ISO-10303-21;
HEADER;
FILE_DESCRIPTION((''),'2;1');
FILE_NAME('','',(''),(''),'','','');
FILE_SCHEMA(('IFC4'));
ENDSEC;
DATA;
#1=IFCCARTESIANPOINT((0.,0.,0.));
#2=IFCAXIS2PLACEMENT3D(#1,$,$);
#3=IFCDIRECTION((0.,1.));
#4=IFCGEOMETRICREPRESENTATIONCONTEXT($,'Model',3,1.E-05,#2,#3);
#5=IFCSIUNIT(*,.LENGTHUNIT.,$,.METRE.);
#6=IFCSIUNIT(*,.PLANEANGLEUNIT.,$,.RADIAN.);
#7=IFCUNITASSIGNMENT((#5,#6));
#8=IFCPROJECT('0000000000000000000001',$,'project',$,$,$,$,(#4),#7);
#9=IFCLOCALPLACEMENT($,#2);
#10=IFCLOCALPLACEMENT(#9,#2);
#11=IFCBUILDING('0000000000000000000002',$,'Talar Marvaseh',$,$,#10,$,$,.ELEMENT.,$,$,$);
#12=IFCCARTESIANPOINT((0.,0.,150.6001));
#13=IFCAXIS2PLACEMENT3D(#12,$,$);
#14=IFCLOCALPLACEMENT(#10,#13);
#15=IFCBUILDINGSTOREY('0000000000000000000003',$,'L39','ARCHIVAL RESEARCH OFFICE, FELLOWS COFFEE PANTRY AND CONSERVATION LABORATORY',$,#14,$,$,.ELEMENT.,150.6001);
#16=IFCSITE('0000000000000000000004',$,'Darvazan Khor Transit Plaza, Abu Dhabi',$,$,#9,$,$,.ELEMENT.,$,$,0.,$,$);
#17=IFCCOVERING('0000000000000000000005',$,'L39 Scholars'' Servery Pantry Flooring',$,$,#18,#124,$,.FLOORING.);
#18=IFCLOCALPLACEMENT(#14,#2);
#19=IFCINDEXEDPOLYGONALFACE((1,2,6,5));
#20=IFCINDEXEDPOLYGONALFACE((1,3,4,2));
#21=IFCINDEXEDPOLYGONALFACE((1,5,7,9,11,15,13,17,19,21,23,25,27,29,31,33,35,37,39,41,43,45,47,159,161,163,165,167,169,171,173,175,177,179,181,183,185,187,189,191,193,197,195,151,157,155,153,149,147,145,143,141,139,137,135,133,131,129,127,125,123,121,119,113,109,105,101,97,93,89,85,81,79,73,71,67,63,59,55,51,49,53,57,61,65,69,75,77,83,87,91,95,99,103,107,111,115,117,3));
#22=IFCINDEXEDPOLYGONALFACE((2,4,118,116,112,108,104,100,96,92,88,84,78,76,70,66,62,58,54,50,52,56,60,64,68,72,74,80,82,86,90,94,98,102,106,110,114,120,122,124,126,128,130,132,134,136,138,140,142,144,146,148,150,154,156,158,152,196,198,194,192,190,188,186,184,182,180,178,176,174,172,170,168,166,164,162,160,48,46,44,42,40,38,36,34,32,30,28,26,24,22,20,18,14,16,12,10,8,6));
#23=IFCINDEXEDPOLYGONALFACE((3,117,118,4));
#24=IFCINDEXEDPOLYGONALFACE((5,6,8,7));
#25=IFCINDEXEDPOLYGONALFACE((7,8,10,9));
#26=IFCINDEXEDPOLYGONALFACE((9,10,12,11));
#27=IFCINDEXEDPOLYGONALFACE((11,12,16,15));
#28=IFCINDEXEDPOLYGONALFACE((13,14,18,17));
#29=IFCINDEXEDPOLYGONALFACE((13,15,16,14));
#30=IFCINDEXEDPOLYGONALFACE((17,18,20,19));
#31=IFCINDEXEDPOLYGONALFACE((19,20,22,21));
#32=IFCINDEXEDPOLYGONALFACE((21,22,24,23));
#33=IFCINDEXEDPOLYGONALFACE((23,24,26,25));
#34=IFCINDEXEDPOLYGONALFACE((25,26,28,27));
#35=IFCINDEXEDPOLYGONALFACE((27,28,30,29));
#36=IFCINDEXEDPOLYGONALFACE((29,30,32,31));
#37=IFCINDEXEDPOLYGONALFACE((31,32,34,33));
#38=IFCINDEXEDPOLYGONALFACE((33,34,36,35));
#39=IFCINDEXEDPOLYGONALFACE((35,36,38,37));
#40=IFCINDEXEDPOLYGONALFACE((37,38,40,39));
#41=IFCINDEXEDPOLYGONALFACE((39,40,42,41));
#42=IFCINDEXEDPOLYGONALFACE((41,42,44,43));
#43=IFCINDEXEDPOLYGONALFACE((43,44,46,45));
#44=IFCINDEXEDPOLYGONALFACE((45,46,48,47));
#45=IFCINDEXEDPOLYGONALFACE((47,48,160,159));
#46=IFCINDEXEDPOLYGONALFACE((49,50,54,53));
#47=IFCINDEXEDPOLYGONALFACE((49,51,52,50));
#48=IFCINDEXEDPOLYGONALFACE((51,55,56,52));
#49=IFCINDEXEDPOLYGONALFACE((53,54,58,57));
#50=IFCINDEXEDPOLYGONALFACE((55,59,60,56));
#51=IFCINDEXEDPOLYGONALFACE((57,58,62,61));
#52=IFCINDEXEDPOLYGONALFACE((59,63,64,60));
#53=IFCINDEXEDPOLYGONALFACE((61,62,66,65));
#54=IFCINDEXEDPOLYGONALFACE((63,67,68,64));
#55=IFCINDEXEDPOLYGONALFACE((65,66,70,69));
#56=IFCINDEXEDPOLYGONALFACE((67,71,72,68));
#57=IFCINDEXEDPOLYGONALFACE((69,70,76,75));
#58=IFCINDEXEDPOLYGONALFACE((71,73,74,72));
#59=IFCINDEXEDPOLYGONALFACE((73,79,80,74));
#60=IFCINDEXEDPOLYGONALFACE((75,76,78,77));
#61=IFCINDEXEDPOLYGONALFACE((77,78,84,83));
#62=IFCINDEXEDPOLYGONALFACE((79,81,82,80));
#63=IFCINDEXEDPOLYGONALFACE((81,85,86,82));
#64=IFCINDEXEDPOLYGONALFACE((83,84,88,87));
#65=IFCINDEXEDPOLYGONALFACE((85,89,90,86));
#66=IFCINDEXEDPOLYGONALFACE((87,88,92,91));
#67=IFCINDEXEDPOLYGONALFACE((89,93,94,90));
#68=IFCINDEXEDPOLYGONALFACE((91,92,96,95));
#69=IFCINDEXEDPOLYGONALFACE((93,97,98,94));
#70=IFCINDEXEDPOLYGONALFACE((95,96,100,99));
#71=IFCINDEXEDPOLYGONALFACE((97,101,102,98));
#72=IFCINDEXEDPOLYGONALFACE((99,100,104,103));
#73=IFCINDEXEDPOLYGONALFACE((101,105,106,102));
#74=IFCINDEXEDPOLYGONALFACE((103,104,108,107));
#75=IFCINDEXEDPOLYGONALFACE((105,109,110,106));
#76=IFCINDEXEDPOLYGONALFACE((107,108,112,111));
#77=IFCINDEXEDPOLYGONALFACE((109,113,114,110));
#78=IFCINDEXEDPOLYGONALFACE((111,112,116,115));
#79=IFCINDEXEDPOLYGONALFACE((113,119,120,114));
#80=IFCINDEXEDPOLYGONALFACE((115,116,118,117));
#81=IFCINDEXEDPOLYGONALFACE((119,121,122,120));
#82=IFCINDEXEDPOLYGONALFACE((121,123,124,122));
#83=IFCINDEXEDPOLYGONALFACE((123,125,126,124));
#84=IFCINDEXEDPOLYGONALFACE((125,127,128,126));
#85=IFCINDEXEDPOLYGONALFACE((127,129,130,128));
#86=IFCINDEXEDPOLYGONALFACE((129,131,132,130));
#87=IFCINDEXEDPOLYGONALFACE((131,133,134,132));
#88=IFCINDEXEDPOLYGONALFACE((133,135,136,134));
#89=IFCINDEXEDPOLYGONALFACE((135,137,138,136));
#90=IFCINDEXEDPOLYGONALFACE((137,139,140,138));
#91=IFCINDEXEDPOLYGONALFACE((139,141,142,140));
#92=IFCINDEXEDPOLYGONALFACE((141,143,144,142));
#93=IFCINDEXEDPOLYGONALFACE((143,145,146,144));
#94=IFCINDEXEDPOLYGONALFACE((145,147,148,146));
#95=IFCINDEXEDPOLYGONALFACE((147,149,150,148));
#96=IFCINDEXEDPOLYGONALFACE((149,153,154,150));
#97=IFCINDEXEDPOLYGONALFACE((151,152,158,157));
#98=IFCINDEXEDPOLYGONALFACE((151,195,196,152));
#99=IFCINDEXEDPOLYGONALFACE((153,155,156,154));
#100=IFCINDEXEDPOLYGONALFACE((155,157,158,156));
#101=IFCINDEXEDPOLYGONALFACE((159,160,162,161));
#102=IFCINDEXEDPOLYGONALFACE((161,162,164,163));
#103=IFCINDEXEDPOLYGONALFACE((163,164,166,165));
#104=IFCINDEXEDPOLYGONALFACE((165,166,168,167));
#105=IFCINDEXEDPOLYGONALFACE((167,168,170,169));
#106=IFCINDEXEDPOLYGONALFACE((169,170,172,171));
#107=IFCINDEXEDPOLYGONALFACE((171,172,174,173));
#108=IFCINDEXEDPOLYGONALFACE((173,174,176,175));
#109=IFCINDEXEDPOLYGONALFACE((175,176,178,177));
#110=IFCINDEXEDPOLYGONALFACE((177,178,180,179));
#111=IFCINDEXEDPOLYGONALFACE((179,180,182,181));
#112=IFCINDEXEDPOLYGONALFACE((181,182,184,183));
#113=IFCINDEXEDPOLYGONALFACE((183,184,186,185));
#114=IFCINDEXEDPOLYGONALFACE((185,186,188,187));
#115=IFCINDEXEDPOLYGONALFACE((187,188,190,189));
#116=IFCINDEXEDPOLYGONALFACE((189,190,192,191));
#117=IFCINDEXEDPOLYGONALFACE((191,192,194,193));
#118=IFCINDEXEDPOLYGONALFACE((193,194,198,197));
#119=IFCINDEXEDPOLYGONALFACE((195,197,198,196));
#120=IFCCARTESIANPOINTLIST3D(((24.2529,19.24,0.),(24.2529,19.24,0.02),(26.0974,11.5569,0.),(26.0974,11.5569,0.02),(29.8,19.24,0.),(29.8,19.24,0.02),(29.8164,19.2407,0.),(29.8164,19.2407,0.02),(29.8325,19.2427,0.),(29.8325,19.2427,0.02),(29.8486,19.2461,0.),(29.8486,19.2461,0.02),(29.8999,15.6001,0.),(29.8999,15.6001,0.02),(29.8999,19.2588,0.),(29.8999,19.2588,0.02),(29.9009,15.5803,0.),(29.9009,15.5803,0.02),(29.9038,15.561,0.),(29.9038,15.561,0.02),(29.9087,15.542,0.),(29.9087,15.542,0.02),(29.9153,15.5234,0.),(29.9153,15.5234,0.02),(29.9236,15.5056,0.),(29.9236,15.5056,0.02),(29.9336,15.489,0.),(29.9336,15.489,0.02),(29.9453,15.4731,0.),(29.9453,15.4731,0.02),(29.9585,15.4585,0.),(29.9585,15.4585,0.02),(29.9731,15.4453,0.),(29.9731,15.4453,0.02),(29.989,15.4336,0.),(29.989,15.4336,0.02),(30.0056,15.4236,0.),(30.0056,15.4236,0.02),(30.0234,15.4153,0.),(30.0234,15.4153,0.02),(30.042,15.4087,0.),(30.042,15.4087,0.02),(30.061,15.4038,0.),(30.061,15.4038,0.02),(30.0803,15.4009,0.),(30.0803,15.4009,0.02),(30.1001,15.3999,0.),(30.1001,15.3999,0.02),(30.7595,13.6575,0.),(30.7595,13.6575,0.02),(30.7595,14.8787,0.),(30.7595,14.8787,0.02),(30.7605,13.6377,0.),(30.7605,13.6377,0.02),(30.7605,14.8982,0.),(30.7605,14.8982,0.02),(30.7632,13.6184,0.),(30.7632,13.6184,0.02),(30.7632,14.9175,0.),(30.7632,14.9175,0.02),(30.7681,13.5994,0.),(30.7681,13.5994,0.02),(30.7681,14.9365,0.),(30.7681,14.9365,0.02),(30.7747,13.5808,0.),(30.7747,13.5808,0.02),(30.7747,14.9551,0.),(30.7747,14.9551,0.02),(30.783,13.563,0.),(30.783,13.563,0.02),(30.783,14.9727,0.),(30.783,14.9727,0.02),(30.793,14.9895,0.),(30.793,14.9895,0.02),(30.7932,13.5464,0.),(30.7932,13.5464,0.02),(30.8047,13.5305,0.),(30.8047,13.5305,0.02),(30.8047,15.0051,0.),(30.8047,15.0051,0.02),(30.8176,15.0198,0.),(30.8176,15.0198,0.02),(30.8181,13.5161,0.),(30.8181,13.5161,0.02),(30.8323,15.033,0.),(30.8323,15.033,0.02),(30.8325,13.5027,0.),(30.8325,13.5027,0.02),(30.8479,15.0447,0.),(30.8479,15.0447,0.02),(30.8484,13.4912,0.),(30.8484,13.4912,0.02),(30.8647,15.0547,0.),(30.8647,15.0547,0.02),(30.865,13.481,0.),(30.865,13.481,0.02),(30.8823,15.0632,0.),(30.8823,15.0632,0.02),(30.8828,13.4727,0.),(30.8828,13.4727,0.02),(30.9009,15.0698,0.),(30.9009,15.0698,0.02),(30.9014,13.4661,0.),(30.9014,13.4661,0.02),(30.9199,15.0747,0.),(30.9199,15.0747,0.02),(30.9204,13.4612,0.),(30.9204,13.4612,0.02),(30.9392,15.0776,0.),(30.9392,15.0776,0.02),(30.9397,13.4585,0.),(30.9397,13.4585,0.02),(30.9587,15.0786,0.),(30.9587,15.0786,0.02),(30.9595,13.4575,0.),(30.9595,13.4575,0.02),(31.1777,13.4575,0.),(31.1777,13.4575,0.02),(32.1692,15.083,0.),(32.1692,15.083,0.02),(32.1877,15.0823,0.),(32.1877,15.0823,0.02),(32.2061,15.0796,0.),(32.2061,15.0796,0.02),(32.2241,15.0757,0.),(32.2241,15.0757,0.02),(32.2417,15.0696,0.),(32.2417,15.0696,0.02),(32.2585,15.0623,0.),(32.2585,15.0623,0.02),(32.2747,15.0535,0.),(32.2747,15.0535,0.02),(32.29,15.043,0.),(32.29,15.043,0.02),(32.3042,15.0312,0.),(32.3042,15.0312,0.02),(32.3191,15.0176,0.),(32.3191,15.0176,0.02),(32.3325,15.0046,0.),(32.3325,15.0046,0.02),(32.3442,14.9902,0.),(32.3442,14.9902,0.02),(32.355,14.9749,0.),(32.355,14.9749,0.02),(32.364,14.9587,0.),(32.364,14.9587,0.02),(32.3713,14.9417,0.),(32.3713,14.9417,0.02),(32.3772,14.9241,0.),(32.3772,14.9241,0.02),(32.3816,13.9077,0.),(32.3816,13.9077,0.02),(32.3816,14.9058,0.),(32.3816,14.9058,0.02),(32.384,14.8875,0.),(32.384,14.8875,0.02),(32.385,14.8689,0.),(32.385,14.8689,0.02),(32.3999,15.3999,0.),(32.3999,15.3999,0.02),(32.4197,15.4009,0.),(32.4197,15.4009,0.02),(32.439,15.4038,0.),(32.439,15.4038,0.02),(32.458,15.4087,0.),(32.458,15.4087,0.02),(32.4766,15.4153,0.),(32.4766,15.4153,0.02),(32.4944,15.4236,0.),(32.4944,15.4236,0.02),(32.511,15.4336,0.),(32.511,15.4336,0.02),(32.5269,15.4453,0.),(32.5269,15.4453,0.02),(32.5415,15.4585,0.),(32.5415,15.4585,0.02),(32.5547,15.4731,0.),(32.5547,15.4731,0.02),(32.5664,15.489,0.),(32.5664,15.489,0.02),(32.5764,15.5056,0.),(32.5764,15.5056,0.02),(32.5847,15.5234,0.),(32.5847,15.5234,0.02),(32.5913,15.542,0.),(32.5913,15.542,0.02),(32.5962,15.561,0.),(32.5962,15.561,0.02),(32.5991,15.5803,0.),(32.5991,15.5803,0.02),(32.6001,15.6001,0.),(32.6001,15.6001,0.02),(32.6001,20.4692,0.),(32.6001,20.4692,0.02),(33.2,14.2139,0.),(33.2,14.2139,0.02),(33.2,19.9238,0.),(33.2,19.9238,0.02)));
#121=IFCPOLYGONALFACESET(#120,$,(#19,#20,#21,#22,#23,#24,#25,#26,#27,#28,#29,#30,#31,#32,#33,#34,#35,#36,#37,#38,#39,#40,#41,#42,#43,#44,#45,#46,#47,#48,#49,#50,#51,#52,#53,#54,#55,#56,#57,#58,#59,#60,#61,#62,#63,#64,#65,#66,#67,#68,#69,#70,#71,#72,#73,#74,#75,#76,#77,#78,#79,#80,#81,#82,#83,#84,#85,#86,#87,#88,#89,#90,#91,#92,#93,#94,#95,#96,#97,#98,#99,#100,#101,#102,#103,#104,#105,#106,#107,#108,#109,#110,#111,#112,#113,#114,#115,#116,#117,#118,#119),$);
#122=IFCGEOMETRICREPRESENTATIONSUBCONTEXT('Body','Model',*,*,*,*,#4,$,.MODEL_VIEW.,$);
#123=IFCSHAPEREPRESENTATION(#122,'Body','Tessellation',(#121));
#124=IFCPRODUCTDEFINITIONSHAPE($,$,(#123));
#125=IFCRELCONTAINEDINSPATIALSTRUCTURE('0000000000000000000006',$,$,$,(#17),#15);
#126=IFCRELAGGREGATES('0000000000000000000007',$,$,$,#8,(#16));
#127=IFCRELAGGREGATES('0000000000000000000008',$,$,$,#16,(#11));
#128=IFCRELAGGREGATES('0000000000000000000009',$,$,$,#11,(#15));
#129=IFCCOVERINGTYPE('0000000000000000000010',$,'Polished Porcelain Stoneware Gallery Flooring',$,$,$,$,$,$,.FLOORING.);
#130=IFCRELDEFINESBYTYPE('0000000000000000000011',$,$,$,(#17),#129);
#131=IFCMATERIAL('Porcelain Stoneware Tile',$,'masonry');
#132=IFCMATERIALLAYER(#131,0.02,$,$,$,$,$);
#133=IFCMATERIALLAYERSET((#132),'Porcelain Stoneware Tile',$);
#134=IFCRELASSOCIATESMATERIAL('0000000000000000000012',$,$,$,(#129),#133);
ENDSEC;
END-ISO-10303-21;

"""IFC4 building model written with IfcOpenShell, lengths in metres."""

from ifc_helpers import new_model, si_unit, direction, frame, origin, place, context, subcontext, project, spatial, polyline, outline, extrude, material, layer, layer_set, type_object, element, save


model = new_model("IFC4")

# Units and contexts
model_context = context("Model", 3, precision=1e-05, world=origin(), true_north=direction((0.0, 1.0)))
body_context = subcontext(model_context, "Body", "Model", "MODEL_VIEW")
ifc_project = project(units=[si_unit("LENGTHUNIT", "METRE"), si_unit("PLANEANGLEUNIT", "RADIAN")], contexts=[model_context])

# Site, building, storey
site_placement = place(None, origin())
site = spatial("IfcSite", under=ifc_project, at=site_placement, Name="Darvazan Khor Transit Plaza, Abu Dhabi", CompositionType="ELEMENT", RefElevation=0.0)
building_placement = place(site_placement, origin())
building = spatial("IfcBuilding", under=site, at=building_placement, Name="Talar Marvaseh", CompositionType="ELEMENT")
storey_placement = place(building_placement, frame((0.0, 0.0, 150.6001)))
storey = spatial("IfcBuildingStorey", under=building, at=storey_placement, Name="L39", Description="ARCHIVAL RESEARCH OFFICE, FELLOWS COFFEE PANTRY AND CONSERVATION LABORATORY", CompositionType="ELEMENT", Elevation=150.6001)

# Covering
ifc_material_1 = material(Name="Porcelain Stoneware Tile", Category="masonry")
ifc_layer_1 = layer(ifc_material_1, 0.02)
ifc_layer_set_1 = layer_set([ifc_layer_1], Name="Porcelain Stoneware Tile")
covering_type_1 = type_object("IfcCoveringType", Name="Polished Porcelain Stoneware Gallery Flooring", PredefinedType="FLOORING", material=ifc_layer_set_1)
covering_1_placement = place(storey_placement, origin())
element("IfcCovering", 1, at=covering_1_placement, inside=storey, type_object=covering_type_1, Name="L39 Scholars' Servery Pantry Flooring", PredefinedType="FLOORING", context=body_context, shape_type="SweptSolid", body=[
    extrude(outline(polyline([(29.8, 19.24), (29.8164, 19.2407), (29.8325, 19.2427), (29.8486, 19.2461), (29.8999, 19.2588), (29.8999, 15.6001), (29.9009, 15.5803), (29.9038, 15.561), (29.9087, 15.542), (29.9153, 15.5234), (29.9236, 15.5056), (29.9336, 15.489), (29.9453, 15.4731), (29.9585, 15.4585), (29.9731, 15.4453), (29.989, 15.4336), (30.0056, 15.4236), (30.0234, 15.4153), (30.042, 15.4087), (30.061, 15.4038), (30.0803, 15.4009), (30.1001, 15.3999), (32.3999, 15.3999), (32.4197, 15.4009), (32.439, 15.4038), (32.458, 15.4087), (32.4766, 15.4153), (32.4944, 15.4236), (32.511, 15.4336), (32.5269, 15.4453), (32.5415, 15.4585), (32.5547, 15.4731), (32.5664, 15.489), (32.5764, 15.5056), (32.5847, 15.5234), (32.5913, 15.542), (32.5962, 15.561), (32.5991, 15.5803), (32.6001, 15.6001), (32.6001, 20.4692), (33.2, 19.9238), (33.2, 14.2139), (32.3816, 13.9077), (32.385, 14.8689), (32.384, 14.8875), (32.3816, 14.9058), (32.3772, 14.9241), (32.3713, 14.9417), (32.364, 14.9587), (32.355, 14.9749), (32.3442, 14.9902), (32.3325, 15.0046), (32.3191, 15.0176), (32.3042, 15.0312), (32.29, 15.043), (32.2747, 15.0535), (32.2585, 15.0623), (32.2417, 15.0696), (32.2241, 15.0757), (32.2061, 15.0796), (32.1877, 15.0823), (32.1692, 15.083), (30.9587, 15.0786), (30.9392, 15.0776), (30.9199, 15.0747), (30.9009, 15.0698), (30.8823, 15.0632), (30.8647, 15.0547), (30.8479, 15.0447), (30.8323, 15.033), (30.8176, 15.0198), (30.8047, 15.0051), (30.793, 14.9895), (30.783, 14.9727), (30.7747, 14.9551), (30.7681, 14.9365), (30.7632, 14.9175), (30.7605, 14.8982), (30.7595, 14.8787), (30.7595, 13.6575), (30.7605, 13.6377), (30.7632, 13.6184), (30.7681, 13.5994), (30.7747, 13.5808), (30.783, 13.563), (30.7932, 13.5464), (30.8047, 13.5305), (30.8181, 13.5161), (30.8325, 13.5027), (30.8484, 13.4912), (30.865, 13.481), (30.8828, 13.4727), (30.9014, 13.4661), (30.9204, 13.4612), (30.9397, 13.4585), (30.9595, 13.4575), (31.1777, 13.4575), (26.0974, 11.5569), (24.2529, 19.24), (29.8, 19.24)])), origin(), (0.0, 0.0, 1.0), 0.02),
])

save(model, "model.ifc")
